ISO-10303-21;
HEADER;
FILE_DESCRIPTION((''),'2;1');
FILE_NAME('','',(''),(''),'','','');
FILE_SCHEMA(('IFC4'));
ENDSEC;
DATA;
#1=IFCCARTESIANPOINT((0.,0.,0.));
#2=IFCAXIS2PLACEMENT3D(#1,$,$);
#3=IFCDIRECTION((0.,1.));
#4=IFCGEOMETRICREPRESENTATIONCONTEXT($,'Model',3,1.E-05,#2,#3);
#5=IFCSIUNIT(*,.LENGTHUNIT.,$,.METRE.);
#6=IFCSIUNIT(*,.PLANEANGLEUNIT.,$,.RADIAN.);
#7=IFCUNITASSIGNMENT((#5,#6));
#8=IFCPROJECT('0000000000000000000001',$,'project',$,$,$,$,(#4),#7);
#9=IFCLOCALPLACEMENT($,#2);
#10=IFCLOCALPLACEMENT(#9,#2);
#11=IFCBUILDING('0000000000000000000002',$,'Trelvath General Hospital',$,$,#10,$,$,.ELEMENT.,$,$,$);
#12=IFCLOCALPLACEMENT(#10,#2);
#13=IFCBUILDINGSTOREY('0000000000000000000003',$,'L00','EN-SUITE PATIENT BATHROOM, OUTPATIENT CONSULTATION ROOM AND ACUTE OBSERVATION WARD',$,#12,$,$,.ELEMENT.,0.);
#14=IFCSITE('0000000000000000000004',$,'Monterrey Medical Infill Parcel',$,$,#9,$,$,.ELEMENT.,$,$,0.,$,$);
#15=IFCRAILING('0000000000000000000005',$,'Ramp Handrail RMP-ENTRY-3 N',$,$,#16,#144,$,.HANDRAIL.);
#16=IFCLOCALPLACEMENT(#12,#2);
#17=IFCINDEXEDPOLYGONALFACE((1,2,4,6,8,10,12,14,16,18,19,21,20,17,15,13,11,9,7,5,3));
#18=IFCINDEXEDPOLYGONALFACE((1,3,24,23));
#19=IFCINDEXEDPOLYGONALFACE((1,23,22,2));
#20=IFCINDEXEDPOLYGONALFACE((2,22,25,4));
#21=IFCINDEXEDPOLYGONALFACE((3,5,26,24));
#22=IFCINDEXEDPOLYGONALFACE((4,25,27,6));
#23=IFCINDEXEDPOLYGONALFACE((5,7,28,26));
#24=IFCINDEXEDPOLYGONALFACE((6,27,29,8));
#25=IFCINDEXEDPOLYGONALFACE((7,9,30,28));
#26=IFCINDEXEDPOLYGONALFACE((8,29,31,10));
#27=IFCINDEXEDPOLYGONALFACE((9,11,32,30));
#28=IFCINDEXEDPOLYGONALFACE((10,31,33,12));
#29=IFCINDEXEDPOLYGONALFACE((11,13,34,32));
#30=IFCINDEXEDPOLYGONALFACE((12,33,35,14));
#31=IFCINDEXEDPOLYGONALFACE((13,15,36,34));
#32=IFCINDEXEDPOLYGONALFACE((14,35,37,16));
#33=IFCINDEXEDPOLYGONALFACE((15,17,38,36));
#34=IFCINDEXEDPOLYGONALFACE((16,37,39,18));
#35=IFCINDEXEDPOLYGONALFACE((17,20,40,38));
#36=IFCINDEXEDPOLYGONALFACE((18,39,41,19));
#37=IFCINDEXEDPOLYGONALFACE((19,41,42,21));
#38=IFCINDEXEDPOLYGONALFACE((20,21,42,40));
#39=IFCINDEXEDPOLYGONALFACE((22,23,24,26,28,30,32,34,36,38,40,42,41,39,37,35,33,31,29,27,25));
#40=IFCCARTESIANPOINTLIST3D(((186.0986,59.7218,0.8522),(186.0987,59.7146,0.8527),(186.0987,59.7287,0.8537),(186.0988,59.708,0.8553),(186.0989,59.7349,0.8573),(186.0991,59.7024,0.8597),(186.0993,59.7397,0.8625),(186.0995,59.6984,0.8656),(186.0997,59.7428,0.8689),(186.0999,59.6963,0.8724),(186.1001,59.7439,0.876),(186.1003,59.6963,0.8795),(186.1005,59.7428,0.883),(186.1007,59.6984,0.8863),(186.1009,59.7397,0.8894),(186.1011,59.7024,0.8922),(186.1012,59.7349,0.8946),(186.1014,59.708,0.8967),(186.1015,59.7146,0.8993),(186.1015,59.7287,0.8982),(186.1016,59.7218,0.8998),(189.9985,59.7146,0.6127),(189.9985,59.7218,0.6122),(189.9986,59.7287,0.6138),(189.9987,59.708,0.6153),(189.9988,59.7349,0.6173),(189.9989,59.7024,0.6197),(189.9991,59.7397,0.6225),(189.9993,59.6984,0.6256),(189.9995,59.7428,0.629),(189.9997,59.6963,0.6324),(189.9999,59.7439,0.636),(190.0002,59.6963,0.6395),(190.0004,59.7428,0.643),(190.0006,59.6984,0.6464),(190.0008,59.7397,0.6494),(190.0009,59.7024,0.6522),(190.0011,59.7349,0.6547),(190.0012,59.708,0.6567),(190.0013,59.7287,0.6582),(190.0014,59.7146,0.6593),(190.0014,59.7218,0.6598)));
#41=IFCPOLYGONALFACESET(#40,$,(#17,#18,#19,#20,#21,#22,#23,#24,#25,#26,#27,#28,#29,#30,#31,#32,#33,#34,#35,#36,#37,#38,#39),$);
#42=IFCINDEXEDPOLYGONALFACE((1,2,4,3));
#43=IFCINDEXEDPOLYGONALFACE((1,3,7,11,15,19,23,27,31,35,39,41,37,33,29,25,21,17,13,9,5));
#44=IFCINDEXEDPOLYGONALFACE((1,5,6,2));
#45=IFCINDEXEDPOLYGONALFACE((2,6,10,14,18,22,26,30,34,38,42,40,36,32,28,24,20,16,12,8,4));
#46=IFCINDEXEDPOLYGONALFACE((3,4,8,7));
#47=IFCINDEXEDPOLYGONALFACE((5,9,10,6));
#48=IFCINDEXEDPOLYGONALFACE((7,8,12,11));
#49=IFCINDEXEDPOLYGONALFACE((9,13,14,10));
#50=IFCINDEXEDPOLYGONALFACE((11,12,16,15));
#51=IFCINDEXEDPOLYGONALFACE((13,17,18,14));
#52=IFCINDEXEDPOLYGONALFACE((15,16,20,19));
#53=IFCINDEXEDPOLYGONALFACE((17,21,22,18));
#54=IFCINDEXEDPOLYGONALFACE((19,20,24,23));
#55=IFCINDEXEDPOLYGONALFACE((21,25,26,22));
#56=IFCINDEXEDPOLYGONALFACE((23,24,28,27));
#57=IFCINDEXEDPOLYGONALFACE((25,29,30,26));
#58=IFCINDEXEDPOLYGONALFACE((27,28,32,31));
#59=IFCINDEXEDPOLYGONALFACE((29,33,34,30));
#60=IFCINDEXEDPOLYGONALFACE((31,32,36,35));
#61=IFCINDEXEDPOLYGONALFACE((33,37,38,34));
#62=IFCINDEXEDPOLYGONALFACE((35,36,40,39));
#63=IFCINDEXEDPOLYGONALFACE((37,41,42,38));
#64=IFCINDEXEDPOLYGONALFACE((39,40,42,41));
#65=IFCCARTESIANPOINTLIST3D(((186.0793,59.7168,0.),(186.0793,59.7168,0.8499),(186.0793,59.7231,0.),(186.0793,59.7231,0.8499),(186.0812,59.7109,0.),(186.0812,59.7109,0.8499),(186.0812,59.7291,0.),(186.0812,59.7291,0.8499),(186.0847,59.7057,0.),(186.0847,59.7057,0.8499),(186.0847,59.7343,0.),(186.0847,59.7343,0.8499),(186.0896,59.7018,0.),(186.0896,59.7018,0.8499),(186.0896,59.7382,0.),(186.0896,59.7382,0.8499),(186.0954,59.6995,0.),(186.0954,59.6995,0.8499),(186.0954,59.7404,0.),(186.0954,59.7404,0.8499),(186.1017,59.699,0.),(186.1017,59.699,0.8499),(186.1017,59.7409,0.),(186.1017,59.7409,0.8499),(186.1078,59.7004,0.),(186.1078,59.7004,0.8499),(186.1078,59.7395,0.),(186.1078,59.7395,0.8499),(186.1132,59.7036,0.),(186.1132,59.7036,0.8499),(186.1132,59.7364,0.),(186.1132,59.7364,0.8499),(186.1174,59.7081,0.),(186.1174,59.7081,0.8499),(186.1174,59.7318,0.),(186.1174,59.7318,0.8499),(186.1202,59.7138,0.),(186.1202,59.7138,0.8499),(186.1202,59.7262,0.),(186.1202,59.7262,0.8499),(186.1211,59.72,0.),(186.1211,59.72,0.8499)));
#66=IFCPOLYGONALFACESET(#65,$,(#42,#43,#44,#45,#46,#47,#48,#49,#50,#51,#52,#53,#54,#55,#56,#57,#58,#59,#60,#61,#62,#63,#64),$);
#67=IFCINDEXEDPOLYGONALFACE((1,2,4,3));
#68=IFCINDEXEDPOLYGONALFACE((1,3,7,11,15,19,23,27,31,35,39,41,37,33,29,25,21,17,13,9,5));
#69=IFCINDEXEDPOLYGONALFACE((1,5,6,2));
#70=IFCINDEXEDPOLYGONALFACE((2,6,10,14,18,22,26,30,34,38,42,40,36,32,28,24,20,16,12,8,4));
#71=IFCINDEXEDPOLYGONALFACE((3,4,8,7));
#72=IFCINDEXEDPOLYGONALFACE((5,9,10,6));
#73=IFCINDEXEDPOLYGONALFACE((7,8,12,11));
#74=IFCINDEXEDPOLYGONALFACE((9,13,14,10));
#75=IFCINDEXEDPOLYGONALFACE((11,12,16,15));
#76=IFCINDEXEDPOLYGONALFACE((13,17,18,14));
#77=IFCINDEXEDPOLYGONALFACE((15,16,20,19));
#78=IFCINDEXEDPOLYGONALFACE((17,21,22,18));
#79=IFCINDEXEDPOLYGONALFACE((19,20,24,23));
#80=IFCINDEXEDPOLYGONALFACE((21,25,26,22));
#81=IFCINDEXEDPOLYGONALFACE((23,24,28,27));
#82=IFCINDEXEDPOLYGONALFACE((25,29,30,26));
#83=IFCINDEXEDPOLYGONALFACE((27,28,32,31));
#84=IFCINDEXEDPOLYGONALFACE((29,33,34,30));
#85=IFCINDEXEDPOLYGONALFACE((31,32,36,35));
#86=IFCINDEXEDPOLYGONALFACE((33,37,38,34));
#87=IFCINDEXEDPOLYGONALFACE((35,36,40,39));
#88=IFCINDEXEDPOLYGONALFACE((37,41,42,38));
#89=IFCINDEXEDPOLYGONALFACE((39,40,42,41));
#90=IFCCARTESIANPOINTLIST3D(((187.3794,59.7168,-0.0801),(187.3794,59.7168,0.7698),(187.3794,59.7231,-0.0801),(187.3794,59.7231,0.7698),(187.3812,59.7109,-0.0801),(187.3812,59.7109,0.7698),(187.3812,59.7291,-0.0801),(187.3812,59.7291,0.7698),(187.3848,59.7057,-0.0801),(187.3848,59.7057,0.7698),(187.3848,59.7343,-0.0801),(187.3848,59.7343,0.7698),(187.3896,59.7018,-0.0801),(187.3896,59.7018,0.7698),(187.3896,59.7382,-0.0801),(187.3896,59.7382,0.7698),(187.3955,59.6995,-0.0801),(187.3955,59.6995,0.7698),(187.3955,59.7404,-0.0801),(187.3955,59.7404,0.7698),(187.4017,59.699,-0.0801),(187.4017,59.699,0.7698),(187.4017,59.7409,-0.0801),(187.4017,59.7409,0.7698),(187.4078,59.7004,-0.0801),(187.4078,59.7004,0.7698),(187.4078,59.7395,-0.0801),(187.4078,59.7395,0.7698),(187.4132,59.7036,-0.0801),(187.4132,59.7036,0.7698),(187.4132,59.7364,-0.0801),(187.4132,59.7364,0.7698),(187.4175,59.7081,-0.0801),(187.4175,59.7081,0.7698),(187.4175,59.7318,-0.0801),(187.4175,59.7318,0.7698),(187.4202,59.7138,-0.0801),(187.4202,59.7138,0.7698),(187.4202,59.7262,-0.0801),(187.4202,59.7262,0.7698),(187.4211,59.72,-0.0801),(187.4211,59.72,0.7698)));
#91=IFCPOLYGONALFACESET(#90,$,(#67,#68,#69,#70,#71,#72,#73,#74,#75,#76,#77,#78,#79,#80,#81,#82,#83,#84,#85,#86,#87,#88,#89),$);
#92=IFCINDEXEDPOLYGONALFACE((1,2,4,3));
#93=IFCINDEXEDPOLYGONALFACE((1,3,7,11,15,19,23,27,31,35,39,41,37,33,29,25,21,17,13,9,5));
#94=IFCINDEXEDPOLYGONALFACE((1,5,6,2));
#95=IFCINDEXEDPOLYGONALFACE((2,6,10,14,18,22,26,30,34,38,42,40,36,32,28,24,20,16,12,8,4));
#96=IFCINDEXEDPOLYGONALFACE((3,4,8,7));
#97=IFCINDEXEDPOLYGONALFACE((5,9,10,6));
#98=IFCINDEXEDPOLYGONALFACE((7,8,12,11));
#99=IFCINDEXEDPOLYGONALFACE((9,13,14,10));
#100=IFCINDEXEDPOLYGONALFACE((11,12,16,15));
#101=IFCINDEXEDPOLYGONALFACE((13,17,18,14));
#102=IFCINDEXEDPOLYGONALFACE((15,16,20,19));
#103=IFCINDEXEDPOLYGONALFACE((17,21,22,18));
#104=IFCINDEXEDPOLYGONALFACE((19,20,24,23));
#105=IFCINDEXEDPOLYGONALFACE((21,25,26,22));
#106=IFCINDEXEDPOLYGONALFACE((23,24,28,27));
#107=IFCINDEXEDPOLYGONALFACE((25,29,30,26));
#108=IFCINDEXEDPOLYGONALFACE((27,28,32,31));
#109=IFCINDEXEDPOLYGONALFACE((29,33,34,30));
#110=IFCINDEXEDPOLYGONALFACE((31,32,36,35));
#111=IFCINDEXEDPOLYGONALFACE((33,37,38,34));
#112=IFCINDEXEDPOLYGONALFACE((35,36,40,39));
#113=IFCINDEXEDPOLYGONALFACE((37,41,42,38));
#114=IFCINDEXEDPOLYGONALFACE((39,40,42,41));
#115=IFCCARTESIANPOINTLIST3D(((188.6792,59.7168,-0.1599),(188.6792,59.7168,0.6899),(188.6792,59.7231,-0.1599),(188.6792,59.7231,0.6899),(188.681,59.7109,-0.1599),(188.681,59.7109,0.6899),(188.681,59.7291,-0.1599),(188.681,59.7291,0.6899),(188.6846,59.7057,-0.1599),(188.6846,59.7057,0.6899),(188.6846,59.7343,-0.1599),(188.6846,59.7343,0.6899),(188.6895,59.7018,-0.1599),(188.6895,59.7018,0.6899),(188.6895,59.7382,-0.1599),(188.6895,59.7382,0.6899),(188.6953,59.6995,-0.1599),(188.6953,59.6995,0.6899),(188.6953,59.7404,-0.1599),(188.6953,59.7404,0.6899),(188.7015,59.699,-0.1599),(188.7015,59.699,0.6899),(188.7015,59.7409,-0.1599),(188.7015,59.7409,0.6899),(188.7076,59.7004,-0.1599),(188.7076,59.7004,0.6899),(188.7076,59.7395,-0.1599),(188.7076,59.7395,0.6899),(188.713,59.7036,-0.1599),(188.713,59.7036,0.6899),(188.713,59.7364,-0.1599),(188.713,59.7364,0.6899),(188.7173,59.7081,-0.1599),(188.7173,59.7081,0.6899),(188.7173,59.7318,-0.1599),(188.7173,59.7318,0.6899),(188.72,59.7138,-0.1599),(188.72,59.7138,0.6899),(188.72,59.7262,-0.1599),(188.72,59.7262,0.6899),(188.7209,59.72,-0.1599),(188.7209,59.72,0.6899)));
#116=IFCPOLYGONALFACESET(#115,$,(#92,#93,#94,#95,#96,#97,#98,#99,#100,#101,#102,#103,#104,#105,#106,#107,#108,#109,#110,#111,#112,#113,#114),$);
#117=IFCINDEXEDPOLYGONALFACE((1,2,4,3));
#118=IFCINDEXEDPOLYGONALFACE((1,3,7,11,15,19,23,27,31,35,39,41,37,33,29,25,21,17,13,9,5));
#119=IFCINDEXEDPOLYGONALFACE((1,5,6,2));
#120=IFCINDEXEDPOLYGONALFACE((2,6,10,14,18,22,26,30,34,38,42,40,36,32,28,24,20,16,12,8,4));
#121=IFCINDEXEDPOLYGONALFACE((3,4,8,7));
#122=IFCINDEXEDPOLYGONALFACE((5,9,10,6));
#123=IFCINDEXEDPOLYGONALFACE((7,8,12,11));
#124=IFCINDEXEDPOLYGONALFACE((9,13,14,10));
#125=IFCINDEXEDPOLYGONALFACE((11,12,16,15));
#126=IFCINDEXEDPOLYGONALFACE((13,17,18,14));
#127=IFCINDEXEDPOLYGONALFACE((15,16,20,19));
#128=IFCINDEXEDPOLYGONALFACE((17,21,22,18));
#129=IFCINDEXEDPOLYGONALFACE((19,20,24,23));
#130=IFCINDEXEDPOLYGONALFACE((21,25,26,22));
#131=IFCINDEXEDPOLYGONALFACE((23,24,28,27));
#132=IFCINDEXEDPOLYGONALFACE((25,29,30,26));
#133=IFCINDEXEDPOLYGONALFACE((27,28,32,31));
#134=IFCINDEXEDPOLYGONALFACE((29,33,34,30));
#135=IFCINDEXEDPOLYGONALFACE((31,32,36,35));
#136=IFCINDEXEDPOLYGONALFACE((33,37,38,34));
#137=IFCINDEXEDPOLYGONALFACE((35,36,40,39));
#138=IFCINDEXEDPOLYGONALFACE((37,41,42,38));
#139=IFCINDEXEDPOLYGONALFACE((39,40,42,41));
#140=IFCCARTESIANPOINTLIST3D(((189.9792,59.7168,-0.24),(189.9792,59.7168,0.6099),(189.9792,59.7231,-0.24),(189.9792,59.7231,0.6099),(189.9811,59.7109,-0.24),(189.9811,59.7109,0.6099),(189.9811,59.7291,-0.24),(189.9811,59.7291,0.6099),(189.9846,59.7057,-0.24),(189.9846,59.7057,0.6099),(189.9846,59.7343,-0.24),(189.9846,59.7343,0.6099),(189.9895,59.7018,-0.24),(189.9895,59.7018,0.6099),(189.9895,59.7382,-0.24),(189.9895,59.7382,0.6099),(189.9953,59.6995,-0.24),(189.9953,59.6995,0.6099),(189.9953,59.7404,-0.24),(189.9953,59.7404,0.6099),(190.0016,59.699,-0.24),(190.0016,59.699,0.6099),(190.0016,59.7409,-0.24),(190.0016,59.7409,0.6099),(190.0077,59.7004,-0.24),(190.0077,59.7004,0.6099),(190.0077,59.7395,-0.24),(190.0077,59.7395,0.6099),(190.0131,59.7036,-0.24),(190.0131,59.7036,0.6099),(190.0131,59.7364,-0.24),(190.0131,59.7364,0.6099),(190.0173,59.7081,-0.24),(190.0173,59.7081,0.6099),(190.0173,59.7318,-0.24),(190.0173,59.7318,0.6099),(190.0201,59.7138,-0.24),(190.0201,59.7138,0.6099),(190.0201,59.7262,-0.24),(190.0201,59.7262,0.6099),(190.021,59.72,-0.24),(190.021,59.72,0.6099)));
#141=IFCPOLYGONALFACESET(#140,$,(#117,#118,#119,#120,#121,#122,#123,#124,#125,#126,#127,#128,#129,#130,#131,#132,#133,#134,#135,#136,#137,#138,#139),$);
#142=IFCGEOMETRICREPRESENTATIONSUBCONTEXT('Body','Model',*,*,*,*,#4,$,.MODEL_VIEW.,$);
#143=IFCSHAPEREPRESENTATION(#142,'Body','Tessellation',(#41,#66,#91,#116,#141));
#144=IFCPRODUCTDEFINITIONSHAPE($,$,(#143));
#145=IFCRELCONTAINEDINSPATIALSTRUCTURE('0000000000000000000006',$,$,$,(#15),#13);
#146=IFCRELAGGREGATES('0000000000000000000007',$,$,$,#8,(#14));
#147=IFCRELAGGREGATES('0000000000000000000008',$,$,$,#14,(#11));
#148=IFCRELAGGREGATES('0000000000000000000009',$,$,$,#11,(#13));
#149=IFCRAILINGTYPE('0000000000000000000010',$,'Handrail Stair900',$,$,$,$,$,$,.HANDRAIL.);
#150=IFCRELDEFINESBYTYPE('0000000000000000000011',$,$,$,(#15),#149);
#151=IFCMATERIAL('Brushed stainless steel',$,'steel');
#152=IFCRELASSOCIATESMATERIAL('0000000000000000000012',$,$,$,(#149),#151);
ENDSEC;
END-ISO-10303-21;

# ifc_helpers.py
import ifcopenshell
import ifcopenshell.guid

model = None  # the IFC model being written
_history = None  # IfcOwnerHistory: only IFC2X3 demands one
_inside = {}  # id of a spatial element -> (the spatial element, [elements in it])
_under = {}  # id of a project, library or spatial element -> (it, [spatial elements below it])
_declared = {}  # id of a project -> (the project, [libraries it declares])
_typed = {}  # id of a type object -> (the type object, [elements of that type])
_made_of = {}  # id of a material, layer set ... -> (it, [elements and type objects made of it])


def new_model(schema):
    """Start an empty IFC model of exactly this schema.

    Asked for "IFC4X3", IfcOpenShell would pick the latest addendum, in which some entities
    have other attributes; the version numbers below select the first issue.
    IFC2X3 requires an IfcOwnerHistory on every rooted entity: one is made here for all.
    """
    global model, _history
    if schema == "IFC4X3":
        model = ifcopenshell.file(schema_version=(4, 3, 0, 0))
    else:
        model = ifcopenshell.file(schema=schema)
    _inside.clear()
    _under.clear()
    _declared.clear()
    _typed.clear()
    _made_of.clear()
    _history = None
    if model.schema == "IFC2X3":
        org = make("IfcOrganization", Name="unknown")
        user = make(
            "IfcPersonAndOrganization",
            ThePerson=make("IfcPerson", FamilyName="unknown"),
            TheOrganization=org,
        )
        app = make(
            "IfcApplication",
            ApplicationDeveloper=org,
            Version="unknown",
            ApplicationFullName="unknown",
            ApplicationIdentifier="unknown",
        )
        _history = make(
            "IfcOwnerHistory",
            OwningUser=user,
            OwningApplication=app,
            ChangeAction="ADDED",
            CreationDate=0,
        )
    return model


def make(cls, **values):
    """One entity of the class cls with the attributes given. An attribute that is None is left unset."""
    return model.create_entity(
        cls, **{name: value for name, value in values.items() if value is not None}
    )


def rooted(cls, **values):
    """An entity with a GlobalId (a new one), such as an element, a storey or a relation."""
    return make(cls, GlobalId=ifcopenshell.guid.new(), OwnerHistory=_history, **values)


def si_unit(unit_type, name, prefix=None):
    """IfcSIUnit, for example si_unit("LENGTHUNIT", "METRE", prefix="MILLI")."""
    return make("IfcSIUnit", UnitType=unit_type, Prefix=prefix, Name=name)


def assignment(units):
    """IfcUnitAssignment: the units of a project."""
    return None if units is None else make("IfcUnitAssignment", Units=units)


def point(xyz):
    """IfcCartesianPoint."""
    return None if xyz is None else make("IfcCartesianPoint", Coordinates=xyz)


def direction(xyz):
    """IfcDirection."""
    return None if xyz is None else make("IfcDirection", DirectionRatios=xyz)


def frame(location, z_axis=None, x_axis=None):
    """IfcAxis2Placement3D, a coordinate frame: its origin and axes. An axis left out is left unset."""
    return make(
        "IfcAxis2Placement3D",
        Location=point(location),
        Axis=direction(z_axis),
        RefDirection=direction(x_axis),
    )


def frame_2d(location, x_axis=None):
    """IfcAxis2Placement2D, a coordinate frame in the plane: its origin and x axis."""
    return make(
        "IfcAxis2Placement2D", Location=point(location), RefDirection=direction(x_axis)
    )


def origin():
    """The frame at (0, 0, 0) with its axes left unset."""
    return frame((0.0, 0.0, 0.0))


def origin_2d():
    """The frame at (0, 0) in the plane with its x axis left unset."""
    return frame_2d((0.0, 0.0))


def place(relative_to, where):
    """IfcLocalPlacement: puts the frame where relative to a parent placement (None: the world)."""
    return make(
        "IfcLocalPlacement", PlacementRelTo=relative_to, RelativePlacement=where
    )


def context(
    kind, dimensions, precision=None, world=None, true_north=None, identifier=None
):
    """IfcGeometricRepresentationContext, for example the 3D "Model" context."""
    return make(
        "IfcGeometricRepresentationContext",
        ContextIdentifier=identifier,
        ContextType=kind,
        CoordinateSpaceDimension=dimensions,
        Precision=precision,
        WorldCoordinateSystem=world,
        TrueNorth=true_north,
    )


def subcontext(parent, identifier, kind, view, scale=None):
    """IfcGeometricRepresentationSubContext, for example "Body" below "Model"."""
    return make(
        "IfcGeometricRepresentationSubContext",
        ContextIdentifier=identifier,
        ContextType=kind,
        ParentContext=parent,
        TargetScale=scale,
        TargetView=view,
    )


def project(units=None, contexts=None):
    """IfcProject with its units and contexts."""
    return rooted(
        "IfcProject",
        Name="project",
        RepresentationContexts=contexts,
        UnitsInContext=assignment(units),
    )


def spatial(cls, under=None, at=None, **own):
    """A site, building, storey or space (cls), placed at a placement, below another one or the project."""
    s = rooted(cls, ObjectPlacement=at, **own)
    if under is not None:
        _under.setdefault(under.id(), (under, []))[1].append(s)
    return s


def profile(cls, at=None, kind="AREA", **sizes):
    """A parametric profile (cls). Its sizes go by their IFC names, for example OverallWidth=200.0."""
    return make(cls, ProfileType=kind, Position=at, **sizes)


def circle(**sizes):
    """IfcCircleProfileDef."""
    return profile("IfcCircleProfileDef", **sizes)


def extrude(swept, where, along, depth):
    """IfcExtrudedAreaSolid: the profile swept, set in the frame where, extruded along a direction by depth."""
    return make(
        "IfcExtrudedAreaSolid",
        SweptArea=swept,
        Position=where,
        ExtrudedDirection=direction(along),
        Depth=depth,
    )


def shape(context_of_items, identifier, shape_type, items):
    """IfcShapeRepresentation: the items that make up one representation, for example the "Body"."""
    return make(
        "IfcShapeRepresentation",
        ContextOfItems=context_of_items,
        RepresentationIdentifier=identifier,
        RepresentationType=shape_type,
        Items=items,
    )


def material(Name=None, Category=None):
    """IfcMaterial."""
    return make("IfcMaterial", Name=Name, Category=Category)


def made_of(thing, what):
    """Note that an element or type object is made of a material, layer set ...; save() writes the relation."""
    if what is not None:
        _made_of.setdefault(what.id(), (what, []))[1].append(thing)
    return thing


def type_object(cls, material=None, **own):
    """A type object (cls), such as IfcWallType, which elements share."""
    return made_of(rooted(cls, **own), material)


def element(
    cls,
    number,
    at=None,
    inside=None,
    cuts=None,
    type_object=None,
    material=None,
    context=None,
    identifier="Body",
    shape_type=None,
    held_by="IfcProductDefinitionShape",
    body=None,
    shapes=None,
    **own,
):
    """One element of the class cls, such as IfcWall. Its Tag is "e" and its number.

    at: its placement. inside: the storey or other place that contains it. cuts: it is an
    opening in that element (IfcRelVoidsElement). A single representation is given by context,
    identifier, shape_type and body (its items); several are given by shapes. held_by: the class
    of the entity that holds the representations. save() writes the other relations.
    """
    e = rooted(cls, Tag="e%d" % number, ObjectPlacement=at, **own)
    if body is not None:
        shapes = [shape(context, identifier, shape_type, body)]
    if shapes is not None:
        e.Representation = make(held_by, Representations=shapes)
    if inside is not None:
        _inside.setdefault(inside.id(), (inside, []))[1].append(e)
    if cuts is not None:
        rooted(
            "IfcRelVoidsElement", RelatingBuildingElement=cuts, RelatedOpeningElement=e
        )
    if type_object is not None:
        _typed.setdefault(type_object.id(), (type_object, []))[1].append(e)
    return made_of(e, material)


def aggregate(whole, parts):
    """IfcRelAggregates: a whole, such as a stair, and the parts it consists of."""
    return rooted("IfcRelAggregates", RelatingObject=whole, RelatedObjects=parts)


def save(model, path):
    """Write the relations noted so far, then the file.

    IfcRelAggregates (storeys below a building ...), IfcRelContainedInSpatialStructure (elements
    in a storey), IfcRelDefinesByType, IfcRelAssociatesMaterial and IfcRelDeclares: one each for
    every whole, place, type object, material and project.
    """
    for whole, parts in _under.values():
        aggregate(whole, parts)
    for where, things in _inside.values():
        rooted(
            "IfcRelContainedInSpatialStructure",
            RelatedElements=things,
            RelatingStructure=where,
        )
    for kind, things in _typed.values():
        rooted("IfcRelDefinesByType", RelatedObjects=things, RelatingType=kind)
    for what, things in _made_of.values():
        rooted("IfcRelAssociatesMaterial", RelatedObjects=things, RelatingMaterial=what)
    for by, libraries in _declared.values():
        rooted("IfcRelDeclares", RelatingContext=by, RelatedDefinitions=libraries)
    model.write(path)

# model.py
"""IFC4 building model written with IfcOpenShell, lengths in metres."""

from ifc_helpers import new_model, si_unit, direction, frame, origin, origin_2d, place, context, subcontext, project, spatial, circle, extrude, material, type_object, element, save


model = new_model("IFC4")

# Units and contexts
model_context = context("Model", 3, precision=1e-05, world=origin(), true_north=direction((0.0, 1.0)))
body_context = subcontext(model_context, "Body", "Model", "MODEL_VIEW")
ifc_project = project(units=[si_unit("LENGTHUNIT", "METRE"), si_unit("PLANEANGLEUNIT", "RADIAN")], contexts=[model_context])

# Site, building, storey
site_placement = place(None, origin())
site = spatial("IfcSite", under=ifc_project, at=site_placement, Name="Monterrey Medical Infill Parcel", CompositionType="ELEMENT", RefElevation=0.0)
building_placement = place(site_placement, origin())
building = spatial("IfcBuilding", under=site, at=building_placement, Name="Trelvath General Hospital", CompositionType="ELEMENT")
storey_placement = place(building_placement, origin())
storey = spatial("IfcBuildingStorey", under=building, at=storey_placement, Name="L00", Description="EN-SUITE PATIENT BATHROOM, OUTPATIENT CONSULTATION ROOM AND ACUTE OBSERVATION WARD", CompositionType="ELEMENT", Elevation=0.0)

# Railing
ifc_material_1 = material(Name="Brushed stainless steel", Category="steel")
railing_type = type_object("IfcRailingType", Name="Handrail Stair900", PredefinedType="HANDRAIL", material=ifc_material_1)
railing_placement = place(storey_placement, frame((186.1001, 59.72, 0.0)))
element("IfcRailing", 1, at=railing_placement, inside=storey, type_object=railing_type, Name="Ramp Handrail RMP-ENTRY-3 N", PredefinedType="HANDRAIL", context=body_context, shape_type="SweptSolid", body=[
    extrude(circle(Radius=0.0239, at=origin_2d()), frame((0.0, 0.0, 0.876), z_axis=(0.998112, 0.0, -0.061421), x_axis=(0.0, 1.0, 0.0)), (0.0, 0.0, 1.0), 3.9072),
    extrude(circle(Radius=0.021, at=origin_2d()), origin(), (0.0, 0.0, 1.0), 0.8499),
    extrude(circle(Radius=0.021, at=origin_2d()), frame((1.3, 0.0, -0.0801)), (0.0, 0.0, 1.0), 0.8499),
    extrude(circle(Radius=0.021, at=origin_2d()), frame((2.5999, 0.0, -0.1599)), (0.0, 0.0, 1.0), 0.8499),
    extrude(circle(Radius=0.021, at=origin_2d()), frame((3.8999, 0.0, -0.24)), (0.0, 0.0, 1.0), 0.8499),
])

save(model, "model.ifc")
